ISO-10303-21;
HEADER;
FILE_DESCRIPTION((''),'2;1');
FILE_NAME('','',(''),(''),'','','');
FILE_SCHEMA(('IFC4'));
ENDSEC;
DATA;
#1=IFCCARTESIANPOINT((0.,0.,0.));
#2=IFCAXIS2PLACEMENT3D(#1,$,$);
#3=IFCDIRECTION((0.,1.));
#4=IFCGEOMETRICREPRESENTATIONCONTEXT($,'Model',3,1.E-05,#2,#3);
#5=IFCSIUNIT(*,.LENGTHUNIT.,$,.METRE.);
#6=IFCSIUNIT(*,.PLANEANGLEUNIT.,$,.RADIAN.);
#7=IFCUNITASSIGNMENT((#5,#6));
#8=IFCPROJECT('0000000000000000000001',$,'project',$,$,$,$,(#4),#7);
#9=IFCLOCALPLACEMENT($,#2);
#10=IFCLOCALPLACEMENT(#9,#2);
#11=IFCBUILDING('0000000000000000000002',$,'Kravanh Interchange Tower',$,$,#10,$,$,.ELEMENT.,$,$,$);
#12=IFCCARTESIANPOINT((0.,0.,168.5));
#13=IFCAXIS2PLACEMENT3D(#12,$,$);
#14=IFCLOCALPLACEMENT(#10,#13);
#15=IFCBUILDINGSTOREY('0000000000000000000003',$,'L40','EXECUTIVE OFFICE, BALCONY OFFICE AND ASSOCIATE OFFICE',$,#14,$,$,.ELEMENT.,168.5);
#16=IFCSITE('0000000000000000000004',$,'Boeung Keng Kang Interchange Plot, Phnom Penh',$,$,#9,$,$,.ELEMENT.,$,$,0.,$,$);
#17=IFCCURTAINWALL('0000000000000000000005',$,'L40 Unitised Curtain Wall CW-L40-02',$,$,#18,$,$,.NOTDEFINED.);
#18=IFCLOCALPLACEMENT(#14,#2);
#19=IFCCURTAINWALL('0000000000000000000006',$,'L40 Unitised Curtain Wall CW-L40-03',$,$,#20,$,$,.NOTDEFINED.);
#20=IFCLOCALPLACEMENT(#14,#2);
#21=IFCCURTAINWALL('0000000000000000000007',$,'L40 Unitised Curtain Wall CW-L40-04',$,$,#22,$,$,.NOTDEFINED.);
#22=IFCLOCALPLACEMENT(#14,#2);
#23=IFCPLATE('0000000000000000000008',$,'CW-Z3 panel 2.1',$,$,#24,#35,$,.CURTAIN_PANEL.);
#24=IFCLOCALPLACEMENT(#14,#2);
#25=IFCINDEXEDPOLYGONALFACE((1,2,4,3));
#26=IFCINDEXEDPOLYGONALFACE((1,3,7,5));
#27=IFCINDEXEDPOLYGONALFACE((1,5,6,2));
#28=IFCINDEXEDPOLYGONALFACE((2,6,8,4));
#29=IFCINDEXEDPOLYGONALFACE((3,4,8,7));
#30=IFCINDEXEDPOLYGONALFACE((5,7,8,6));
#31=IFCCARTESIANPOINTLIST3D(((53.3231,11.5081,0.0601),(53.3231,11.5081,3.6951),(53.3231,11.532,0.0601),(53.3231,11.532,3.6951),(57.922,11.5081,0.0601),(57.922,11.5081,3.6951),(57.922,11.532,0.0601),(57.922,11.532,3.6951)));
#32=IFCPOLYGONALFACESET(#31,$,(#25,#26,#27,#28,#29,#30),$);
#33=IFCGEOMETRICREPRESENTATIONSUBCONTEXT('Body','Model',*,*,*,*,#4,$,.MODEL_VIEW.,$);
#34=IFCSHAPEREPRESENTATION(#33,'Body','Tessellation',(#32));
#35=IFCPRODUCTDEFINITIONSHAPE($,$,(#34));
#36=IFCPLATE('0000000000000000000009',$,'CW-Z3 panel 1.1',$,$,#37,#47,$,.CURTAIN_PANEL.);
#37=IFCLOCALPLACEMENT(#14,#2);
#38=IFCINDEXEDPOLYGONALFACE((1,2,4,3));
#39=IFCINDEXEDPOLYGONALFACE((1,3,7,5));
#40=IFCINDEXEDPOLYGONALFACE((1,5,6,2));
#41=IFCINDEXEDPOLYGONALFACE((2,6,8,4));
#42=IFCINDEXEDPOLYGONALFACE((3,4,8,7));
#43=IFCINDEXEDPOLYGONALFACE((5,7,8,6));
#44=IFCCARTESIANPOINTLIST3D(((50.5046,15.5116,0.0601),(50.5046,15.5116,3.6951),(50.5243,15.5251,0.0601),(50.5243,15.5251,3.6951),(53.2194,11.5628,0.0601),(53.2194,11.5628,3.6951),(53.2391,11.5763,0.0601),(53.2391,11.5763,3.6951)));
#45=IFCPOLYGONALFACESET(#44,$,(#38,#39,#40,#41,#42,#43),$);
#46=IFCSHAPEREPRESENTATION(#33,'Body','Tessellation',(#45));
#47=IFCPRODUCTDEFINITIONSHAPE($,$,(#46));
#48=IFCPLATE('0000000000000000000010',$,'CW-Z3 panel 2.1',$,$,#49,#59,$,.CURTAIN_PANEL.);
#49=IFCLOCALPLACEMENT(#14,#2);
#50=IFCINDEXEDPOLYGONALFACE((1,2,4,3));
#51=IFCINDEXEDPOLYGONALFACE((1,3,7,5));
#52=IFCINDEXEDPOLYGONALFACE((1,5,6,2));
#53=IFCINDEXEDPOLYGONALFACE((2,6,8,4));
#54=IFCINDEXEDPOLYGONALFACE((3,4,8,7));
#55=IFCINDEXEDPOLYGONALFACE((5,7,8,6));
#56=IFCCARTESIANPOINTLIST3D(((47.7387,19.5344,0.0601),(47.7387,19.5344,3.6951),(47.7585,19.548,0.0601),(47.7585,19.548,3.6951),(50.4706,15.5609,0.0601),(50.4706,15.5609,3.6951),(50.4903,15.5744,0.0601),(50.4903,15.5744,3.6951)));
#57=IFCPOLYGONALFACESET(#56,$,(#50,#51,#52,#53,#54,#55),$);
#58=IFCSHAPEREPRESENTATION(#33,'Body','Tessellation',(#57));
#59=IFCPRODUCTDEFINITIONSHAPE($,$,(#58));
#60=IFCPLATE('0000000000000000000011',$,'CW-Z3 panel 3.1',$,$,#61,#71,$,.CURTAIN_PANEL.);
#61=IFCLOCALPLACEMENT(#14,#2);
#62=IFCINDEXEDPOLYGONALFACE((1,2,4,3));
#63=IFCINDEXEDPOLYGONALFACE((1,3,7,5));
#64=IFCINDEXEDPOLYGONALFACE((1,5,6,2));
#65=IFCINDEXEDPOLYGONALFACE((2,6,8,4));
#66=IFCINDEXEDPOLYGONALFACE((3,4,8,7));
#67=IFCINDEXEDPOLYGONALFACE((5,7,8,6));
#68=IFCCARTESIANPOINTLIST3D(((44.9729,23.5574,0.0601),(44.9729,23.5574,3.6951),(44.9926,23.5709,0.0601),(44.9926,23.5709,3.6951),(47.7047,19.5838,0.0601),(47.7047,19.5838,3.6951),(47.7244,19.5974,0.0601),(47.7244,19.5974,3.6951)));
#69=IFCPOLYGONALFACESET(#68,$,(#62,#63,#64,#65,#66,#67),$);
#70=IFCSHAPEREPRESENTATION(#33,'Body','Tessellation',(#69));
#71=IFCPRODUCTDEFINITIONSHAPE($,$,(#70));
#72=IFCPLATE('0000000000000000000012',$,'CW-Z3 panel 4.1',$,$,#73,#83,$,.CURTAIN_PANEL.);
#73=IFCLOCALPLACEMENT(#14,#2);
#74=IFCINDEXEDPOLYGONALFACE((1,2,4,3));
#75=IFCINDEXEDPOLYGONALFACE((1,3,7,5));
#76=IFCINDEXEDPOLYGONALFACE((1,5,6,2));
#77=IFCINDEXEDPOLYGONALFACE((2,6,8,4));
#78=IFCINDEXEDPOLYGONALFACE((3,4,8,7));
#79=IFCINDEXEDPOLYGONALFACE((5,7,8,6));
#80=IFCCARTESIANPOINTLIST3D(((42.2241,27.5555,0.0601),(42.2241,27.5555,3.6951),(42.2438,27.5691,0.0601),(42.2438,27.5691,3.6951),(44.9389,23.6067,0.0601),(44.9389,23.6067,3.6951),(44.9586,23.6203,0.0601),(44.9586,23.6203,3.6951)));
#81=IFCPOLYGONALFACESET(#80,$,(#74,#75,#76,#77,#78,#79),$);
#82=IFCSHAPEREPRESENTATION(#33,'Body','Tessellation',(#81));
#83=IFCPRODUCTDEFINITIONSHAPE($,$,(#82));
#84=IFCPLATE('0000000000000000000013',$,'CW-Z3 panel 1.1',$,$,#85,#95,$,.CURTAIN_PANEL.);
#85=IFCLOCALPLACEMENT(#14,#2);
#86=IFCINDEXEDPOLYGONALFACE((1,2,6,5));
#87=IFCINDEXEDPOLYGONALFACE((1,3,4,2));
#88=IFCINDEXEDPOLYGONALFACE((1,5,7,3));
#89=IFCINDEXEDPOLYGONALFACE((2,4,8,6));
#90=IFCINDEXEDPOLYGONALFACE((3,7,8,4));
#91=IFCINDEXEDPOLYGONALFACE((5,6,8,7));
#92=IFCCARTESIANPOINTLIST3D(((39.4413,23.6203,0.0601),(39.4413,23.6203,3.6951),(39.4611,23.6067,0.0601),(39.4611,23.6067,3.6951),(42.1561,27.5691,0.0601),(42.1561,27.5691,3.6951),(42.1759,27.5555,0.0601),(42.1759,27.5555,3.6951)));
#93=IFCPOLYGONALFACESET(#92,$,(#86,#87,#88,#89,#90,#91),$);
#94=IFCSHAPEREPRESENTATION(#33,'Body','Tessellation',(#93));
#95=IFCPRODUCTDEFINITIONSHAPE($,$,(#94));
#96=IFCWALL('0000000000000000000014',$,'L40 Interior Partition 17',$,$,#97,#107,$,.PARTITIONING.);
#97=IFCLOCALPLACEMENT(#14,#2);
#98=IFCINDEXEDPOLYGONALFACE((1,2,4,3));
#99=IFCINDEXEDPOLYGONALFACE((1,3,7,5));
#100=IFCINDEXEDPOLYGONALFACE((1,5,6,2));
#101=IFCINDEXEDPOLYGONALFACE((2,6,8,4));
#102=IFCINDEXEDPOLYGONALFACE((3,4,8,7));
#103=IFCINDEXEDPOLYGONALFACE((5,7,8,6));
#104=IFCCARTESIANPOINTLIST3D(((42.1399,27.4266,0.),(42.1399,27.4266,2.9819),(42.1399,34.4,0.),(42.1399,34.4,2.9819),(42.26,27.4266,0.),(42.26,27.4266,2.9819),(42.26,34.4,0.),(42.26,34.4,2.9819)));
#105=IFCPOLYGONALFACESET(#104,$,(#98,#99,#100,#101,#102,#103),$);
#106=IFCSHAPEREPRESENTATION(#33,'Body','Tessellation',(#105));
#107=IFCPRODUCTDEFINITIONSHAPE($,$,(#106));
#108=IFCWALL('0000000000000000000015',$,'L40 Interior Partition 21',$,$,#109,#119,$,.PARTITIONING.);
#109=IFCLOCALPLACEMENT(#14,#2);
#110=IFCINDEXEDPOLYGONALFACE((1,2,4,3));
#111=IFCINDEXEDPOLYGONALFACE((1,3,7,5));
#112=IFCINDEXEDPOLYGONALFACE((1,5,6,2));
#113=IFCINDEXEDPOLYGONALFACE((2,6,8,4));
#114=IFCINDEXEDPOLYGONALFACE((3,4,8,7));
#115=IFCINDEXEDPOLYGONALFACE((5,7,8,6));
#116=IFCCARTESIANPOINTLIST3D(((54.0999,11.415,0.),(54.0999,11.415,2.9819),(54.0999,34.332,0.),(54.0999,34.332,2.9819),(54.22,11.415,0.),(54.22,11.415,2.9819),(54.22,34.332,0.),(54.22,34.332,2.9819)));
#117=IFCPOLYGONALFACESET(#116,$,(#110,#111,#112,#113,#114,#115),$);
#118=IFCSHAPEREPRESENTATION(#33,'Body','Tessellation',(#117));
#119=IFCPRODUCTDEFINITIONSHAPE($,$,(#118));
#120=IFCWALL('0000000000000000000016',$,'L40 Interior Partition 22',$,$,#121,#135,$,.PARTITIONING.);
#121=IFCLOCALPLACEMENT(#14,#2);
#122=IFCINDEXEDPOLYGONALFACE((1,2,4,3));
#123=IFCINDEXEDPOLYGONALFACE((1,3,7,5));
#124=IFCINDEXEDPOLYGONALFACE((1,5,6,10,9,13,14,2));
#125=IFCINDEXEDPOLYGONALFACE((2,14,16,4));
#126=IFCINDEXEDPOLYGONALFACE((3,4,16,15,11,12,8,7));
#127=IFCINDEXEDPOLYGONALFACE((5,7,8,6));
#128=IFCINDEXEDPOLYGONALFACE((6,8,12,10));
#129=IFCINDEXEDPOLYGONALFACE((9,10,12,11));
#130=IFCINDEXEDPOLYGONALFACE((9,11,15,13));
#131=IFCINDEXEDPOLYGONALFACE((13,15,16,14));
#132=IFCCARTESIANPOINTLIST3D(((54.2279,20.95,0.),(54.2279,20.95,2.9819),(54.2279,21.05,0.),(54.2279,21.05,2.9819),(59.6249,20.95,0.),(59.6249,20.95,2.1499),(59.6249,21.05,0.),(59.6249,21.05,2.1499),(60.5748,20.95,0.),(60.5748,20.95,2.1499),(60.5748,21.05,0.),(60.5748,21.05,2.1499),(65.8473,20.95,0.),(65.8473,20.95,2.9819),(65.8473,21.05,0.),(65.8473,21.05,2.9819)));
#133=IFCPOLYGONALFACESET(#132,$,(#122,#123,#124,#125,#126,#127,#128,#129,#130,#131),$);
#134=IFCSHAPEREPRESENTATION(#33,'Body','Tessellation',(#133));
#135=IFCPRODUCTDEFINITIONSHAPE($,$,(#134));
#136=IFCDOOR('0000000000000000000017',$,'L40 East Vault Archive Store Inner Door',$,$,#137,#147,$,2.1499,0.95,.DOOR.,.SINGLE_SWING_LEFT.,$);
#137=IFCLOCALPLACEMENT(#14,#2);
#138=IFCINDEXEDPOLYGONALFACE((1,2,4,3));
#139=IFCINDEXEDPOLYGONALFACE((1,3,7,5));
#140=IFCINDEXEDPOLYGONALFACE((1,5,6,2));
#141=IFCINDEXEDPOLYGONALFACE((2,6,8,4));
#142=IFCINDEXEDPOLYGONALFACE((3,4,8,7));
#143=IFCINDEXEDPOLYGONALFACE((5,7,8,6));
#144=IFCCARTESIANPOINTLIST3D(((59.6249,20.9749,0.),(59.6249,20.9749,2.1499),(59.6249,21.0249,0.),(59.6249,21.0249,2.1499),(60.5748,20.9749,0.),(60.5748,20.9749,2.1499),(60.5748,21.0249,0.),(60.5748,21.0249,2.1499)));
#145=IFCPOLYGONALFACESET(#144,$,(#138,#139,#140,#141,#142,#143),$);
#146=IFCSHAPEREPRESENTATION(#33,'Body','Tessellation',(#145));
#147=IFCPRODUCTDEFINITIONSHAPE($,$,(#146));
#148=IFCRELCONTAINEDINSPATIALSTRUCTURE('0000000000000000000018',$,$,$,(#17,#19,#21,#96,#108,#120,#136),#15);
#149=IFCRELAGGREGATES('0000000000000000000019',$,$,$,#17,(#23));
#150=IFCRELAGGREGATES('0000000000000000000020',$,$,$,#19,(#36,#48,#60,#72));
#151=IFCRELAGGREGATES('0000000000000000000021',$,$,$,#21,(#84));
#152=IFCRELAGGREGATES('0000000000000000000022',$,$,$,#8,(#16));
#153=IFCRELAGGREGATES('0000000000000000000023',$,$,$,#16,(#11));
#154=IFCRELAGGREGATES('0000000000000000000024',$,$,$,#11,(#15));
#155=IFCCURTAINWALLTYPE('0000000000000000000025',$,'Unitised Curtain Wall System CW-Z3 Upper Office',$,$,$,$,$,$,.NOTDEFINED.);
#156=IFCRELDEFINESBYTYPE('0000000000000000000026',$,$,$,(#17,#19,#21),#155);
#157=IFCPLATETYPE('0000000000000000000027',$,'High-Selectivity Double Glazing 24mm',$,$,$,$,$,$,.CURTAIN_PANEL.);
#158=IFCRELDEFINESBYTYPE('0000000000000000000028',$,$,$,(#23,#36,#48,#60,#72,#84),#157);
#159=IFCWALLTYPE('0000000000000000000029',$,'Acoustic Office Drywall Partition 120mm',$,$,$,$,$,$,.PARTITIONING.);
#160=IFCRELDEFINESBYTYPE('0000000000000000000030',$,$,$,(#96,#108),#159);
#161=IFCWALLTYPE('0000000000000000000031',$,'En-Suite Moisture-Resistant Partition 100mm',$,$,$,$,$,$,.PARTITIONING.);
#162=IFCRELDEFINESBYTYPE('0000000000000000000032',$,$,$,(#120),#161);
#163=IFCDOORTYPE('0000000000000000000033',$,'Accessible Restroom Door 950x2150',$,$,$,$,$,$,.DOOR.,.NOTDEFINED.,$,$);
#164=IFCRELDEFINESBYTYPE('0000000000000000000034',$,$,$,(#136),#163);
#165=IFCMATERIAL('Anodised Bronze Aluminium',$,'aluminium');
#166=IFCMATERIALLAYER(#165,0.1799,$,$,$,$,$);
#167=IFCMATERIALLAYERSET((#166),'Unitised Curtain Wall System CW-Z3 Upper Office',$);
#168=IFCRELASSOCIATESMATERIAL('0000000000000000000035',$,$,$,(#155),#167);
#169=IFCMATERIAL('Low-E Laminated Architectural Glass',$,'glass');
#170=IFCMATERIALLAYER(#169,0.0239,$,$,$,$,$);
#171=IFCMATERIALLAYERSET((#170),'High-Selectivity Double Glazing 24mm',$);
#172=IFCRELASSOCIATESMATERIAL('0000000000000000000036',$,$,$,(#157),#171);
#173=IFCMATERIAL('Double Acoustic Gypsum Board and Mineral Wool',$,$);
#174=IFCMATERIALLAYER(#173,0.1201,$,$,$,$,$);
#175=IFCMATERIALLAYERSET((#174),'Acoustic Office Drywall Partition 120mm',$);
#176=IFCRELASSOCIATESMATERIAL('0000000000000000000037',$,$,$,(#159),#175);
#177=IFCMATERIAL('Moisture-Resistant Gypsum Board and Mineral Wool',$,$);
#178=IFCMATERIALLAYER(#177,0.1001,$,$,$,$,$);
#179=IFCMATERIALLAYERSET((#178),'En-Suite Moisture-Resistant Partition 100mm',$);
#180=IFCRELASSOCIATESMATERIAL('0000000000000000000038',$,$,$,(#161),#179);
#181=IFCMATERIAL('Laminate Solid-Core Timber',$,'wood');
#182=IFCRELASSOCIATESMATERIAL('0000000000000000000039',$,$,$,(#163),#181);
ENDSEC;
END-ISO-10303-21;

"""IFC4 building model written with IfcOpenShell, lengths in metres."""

from ifc_helpers import new_model, si_unit, direction, frame, frame_2d, origin, origin_2d, place, context, subcontext, project, spatial, rectangle, extrude, material, layer, layer_set, type_object, element, fill, aggregate, save


model = new_model("IFC4")

# Units and contexts
model_context = context("Model", 3, precision=1e-05, world=origin(), true_north=direction((0.0, 1.0)))
body_context = subcontext(model_context, "Body", "Model", "MODEL_VIEW")
ifc_project = project(units=[si_unit("LENGTHUNIT", "METRE"), si_unit("PLANEANGLEUNIT", "RADIAN")], contexts=[model_context])

# Site, building, storey
site_placement = place(None, origin())
site = spatial("IfcSite", under=ifc_project, at=site_placement, Name="Boeung Keng Kang Interchange Plot, Phnom Penh", CompositionType="ELEMENT", RefElevation=0.0)
building_placement = place(site_placement, origin())
building = spatial("IfcBuilding", under=site, at=building_placement, Name="Kravanh Interchange Tower", CompositionType="ELEMENT")
storey_placement = place(building_placement, frame((0.0, 0.0, 168.5)))
storey = spatial("IfcBuildingStorey", under=building, at=storey_placement, Name="L40", Description="EXECUTIVE OFFICE, BALCONY OFFICE AND ASSOCIATE OFFICE", CompositionType="ELEMENT", Elevation=168.5)

# Curtain wall
ifc_material_1 = material(Name="Anodised Bronze Aluminium", Category="aluminium")
ifc_layer_1 = layer(ifc_material_1, 0.1799)
ifc_layer_set_1 = layer_set([ifc_layer_1], Name="Unitised Curtain Wall System CW-Z3 Upper Office")
curtain_wall_type = type_object("IfcCurtainWallType", Name="Unitised Curtain Wall System CW-Z3 Upper Office", PredefinedType="NOTDEFINED", material=ifc_layer_set_1)
curtain_wall_1_placement = place(storey_placement, origin())
curtain_wall_1 = element("IfcCurtainWall", 1, at=curtain_wall_1_placement, inside=storey, type_object=curtain_wall_type, Name="L40 Unitised Curtain Wall CW-L40-02", PredefinedType="NOTDEFINED")

# Curtain wall
curtain_wall_2_placement = place(storey_placement, origin())
curtain_wall_2 = element("IfcCurtainWall", 2, at=curtain_wall_2_placement, inside=storey, type_object=curtain_wall_type, Name="L40 Unitised Curtain Wall CW-L40-03", PredefinedType="NOTDEFINED")

# Curtain wall
curtain_wall_3_placement = place(storey_placement, origin())
curtain_wall_3 = element("IfcCurtainWall", 3, at=curtain_wall_3_placement, inside=storey, type_object=curtain_wall_type, Name="L40 Unitised Curtain Wall CW-L40-04", PredefinedType="NOTDEFINED")

# Plates
ifc_material_2 = material(Name="Low-E Laminated Architectural Glass", Category="glass")
ifc_layer_2 = layer(ifc_material_2, 0.0239)
ifc_layer_set_2 = layer_set([ifc_layer_2], Name="High-Selectivity Double Glazing 24mm")
plate_type = type_object("IfcPlateType", Name="High-Selectivity Double Glazing 24mm", PredefinedType="CURTAIN_PANEL", material=ifc_layer_set_2)
plate_1_placement = place(storey_placement, frame((55.6226, 11.52, 0.0601), z_axis=(0.0, 0.0, 1.0), x_axis=(-1.0, 0.0, 0.0)))
plate_1 = element("IfcPlate", 4, at=plate_1_placement, type_object=plate_type, Name="CW-Z3 panel 2.1", PredefinedType="CURTAIN_PANEL", context=body_context, shape_type="SweptSolid", body=[
    extrude(rectangle(XDim=4.5989, YDim=0.0239, at=origin_2d()), origin(), (0.0, 0.0, 1.0), 3.635),
])
aggregate(curtain_wall_1, [plate_1])
plate_2_placement = place(storey_placement, frame((51.8718, 13.5439, 0.0601), z_axis=(0.0, 0.0, 1.0), x_axis=(-0.566528, 0.824042, 0.0)))
plate_2 = element("IfcPlate", 5, at=plate_2_placement, type_object=plate_type, Name="CW-Z3 panel 1.1", PredefinedType="CURTAIN_PANEL", context=body_context, shape_type="SweptSolid", body=[
    extrude(rectangle(XDim=4.792, YDim=0.0239, at=origin_2d()), origin(), (0.0, 0.0, 1.0), 3.635),
])
plate_3_placement = place(storey_placement, frame((49.1145, 17.5544, 0.0601), z_axis=(0.0, 0.0, 1.0), x_axis=(-0.566528, 0.824042, 0.0)))
plate_3 = element("IfcPlate", 6, at=plate_3_placement, type_object=plate_type, Name="CW-Z3 panel 2.1", PredefinedType="CURTAIN_PANEL", context=body_context, shape_type="SweptSolid", body=[
    extrude(rectangle(XDim=4.822, YDim=0.0239, at=origin_2d()), origin(), (0.0, 0.0, 1.0), 3.635),
])
plate_4_placement = place(storey_placement, frame((46.3486, 21.5774, 0.0601), z_axis=(0.0, 0.0, 1.0), x_axis=(-0.566528, 0.824042, 0.0)))
plate_4 = element("IfcPlate", 7, at=plate_4_placement, type_object=plate_type, Name="CW-Z3 panel 3.1", PredefinedType="CURTAIN_PANEL", context=body_context, shape_type="SweptSolid", body=[
    extrude(rectangle(XDim=4.822, YDim=0.0239, at=origin_2d()), origin(), (0.0, 0.0, 1.0), 3.635),
])
plate_5_placement = place(storey_placement, frame((43.5913, 25.5879, 0.0601), z_axis=(0.0, 0.0, 1.0), x_axis=(-0.566528, 0.824042, 0.0)))
plate_5 = element("IfcPlate", 8, at=plate_5_placement, type_object=plate_type, Name="CW-Z3 panel 4.1", PredefinedType="CURTAIN_PANEL", context=body_context, shape_type="SweptSolid", body=[
    extrude(rectangle(XDim=4.792, YDim=0.0239, at=origin_2d()), origin(), (0.0, 0.0, 1.0), 3.635),
])
aggregate(curtain_wall_2, [plate_2, plate_3, plate_4, plate_5])
plate_6_placement = place(storey_placement, frame((40.8086, 25.5879, 0.0601), z_axis=(0.0, 0.0, 1.0), x_axis=(-0.566528, -0.824042, 0.0)))
plate_6 = element("IfcPlate", 9, at=plate_6_placement, type_object=plate_type, Name="CW-Z3 panel 1.1", PredefinedType="CURTAIN_PANEL", context=body_context, shape_type="SweptSolid", body=[
    extrude(rectangle(XDim=4.792, YDim=0.0239, at=origin_2d()), origin(), (0.0, 0.0, 1.0), 3.635),
])
aggregate(curtain_wall_3, [plate_6])

# Walls
ifc_material_3 = material(Name="Double Acoustic Gypsum Board and Mineral Wool")
ifc_layer_3 = layer(ifc_material_3, 0.1201)
ifc_layer_set_3 = layer_set([ifc_layer_3], Name="Acoustic Office Drywall Partition 120mm")
wall_type_1 = type_object("IfcWallType", Name="Acoustic Office Drywall Partition 120mm", PredefinedType="PARTITIONING", material=ifc_layer_set_3)
wall_1_placement = place(storey_placement, frame((42.2, 27.4265, 0.0), z_axis=(0.0, 0.0, 1.0), x_axis=(0.0, 1.0, 0.0)))
element("IfcWall", 10, at=wall_1_placement, inside=storey, type_object=wall_type_1, Name="L40 Interior Partition 17", PredefinedType="PARTITIONING", context=body_context, shape_type="SweptSolid", body=[
    extrude(rectangle(XDim=6.9734, YDim=0.1201, at=frame_2d((3.4868, 0.0))), origin(), (0.0, 0.0, 1.0), 2.9819),
])
wall_2_placement = place(storey_placement, frame((54.1599, 11.415, 0.0), z_axis=(0.0, 0.0, 1.0), x_axis=(0.0, 1.0, 0.0)))
element("IfcWall", 11, at=wall_2_placement, inside=storey, type_object=wall_type_1, Name="L40 Interior Partition 21", PredefinedType="PARTITIONING", context=body_context, shape_type="SweptSolid", body=[
    extrude(rectangle(XDim=22.917, YDim=0.1201, at=frame_2d((11.4585, 0.0))), origin(), (0.0, 0.0, 1.0), 2.9819),
])

# Wall, opening, door
ifc_material_4 = material(Name="Moisture-Resistant Gypsum Board and Mineral Wool")
ifc_layer_4 = layer(ifc_material_4, 0.1001)
ifc_layer_set_4 = layer_set([ifc_layer_4], Name="En-Suite Moisture-Resistant Partition 100mm")
wall_type_2 = type_object("IfcWallType", Name="En-Suite Moisture-Resistant Partition 100mm", PredefinedType="PARTITIONING", material=ifc_layer_set_4)
wall_3_placement = place(storey_placement, frame((54.228, 21.0, 0.0), z_axis=(0.0, 0.0, 1.0), x_axis=(1.0, 0.0, 0.0)))
wall_3 = element("IfcWall", 12, at=wall_3_placement, inside=storey, type_object=wall_type_2, Name="L40 Interior Partition 22", PredefinedType="PARTITIONING", context=body_context, shape_type="SweptSolid", body=[
    extrude(rectangle(XDim=11.6194, YDim=0.1001, at=frame_2d((5.8096, 0.0))), origin(), (0.0, 0.0, 1.0), 2.9819),
])
opening_placement = place(wall_3_placement, frame((5.3967, 0.0, 0.0)))
opening = element("IfcOpeningElement", 13, at=opening_placement, cuts=wall_3, PredefinedType="OPENING", context=body_context, shape_type="SweptSolid", body=[
    extrude(rectangle(XDim=0.95, YDim=2.1499, at=frame_2d((0.4751, 1.075))), frame((0.0, 0.0601, 0.0), z_axis=(0.0, -1.0, 0.0), x_axis=(1.0, 0.0, 0.0)), (0.0, 0.0, 1.0), 0.1201),
])
ifc_material_5 = material(Name="Laminate Solid-Core Timber", Category="wood")
door_type = type_object("IfcDoorType", Name="Accessible Restroom Door 950x2150", OperationType="NOTDEFINED", PredefinedType="DOOR", material=ifc_material_5)
door_placement = place(opening_placement, origin())
door = element("IfcDoor", 14, at=door_placement, inside=storey, type_object=door_type, Name="L40 East Vault Archive Store Inner Door", OperationType="SINGLE_SWING_LEFT", OverallHeight=2.1499, OverallWidth=0.95, PredefinedType="DOOR", context=body_context, shape_type="SweptSolid", body=[
    extrude(rectangle(XDim=0.95, YDim=2.1499, at=frame_2d((0.4751, 1.075))), frame((0.0, 0.0249, 0.0), z_axis=(0.0, -1.0, 0.0), x_axis=(1.0, 0.0, 0.0)), (0.0, 0.0, 1.0), 0.05),
])
fill(opening, door)

save(model, "model.ifc")
